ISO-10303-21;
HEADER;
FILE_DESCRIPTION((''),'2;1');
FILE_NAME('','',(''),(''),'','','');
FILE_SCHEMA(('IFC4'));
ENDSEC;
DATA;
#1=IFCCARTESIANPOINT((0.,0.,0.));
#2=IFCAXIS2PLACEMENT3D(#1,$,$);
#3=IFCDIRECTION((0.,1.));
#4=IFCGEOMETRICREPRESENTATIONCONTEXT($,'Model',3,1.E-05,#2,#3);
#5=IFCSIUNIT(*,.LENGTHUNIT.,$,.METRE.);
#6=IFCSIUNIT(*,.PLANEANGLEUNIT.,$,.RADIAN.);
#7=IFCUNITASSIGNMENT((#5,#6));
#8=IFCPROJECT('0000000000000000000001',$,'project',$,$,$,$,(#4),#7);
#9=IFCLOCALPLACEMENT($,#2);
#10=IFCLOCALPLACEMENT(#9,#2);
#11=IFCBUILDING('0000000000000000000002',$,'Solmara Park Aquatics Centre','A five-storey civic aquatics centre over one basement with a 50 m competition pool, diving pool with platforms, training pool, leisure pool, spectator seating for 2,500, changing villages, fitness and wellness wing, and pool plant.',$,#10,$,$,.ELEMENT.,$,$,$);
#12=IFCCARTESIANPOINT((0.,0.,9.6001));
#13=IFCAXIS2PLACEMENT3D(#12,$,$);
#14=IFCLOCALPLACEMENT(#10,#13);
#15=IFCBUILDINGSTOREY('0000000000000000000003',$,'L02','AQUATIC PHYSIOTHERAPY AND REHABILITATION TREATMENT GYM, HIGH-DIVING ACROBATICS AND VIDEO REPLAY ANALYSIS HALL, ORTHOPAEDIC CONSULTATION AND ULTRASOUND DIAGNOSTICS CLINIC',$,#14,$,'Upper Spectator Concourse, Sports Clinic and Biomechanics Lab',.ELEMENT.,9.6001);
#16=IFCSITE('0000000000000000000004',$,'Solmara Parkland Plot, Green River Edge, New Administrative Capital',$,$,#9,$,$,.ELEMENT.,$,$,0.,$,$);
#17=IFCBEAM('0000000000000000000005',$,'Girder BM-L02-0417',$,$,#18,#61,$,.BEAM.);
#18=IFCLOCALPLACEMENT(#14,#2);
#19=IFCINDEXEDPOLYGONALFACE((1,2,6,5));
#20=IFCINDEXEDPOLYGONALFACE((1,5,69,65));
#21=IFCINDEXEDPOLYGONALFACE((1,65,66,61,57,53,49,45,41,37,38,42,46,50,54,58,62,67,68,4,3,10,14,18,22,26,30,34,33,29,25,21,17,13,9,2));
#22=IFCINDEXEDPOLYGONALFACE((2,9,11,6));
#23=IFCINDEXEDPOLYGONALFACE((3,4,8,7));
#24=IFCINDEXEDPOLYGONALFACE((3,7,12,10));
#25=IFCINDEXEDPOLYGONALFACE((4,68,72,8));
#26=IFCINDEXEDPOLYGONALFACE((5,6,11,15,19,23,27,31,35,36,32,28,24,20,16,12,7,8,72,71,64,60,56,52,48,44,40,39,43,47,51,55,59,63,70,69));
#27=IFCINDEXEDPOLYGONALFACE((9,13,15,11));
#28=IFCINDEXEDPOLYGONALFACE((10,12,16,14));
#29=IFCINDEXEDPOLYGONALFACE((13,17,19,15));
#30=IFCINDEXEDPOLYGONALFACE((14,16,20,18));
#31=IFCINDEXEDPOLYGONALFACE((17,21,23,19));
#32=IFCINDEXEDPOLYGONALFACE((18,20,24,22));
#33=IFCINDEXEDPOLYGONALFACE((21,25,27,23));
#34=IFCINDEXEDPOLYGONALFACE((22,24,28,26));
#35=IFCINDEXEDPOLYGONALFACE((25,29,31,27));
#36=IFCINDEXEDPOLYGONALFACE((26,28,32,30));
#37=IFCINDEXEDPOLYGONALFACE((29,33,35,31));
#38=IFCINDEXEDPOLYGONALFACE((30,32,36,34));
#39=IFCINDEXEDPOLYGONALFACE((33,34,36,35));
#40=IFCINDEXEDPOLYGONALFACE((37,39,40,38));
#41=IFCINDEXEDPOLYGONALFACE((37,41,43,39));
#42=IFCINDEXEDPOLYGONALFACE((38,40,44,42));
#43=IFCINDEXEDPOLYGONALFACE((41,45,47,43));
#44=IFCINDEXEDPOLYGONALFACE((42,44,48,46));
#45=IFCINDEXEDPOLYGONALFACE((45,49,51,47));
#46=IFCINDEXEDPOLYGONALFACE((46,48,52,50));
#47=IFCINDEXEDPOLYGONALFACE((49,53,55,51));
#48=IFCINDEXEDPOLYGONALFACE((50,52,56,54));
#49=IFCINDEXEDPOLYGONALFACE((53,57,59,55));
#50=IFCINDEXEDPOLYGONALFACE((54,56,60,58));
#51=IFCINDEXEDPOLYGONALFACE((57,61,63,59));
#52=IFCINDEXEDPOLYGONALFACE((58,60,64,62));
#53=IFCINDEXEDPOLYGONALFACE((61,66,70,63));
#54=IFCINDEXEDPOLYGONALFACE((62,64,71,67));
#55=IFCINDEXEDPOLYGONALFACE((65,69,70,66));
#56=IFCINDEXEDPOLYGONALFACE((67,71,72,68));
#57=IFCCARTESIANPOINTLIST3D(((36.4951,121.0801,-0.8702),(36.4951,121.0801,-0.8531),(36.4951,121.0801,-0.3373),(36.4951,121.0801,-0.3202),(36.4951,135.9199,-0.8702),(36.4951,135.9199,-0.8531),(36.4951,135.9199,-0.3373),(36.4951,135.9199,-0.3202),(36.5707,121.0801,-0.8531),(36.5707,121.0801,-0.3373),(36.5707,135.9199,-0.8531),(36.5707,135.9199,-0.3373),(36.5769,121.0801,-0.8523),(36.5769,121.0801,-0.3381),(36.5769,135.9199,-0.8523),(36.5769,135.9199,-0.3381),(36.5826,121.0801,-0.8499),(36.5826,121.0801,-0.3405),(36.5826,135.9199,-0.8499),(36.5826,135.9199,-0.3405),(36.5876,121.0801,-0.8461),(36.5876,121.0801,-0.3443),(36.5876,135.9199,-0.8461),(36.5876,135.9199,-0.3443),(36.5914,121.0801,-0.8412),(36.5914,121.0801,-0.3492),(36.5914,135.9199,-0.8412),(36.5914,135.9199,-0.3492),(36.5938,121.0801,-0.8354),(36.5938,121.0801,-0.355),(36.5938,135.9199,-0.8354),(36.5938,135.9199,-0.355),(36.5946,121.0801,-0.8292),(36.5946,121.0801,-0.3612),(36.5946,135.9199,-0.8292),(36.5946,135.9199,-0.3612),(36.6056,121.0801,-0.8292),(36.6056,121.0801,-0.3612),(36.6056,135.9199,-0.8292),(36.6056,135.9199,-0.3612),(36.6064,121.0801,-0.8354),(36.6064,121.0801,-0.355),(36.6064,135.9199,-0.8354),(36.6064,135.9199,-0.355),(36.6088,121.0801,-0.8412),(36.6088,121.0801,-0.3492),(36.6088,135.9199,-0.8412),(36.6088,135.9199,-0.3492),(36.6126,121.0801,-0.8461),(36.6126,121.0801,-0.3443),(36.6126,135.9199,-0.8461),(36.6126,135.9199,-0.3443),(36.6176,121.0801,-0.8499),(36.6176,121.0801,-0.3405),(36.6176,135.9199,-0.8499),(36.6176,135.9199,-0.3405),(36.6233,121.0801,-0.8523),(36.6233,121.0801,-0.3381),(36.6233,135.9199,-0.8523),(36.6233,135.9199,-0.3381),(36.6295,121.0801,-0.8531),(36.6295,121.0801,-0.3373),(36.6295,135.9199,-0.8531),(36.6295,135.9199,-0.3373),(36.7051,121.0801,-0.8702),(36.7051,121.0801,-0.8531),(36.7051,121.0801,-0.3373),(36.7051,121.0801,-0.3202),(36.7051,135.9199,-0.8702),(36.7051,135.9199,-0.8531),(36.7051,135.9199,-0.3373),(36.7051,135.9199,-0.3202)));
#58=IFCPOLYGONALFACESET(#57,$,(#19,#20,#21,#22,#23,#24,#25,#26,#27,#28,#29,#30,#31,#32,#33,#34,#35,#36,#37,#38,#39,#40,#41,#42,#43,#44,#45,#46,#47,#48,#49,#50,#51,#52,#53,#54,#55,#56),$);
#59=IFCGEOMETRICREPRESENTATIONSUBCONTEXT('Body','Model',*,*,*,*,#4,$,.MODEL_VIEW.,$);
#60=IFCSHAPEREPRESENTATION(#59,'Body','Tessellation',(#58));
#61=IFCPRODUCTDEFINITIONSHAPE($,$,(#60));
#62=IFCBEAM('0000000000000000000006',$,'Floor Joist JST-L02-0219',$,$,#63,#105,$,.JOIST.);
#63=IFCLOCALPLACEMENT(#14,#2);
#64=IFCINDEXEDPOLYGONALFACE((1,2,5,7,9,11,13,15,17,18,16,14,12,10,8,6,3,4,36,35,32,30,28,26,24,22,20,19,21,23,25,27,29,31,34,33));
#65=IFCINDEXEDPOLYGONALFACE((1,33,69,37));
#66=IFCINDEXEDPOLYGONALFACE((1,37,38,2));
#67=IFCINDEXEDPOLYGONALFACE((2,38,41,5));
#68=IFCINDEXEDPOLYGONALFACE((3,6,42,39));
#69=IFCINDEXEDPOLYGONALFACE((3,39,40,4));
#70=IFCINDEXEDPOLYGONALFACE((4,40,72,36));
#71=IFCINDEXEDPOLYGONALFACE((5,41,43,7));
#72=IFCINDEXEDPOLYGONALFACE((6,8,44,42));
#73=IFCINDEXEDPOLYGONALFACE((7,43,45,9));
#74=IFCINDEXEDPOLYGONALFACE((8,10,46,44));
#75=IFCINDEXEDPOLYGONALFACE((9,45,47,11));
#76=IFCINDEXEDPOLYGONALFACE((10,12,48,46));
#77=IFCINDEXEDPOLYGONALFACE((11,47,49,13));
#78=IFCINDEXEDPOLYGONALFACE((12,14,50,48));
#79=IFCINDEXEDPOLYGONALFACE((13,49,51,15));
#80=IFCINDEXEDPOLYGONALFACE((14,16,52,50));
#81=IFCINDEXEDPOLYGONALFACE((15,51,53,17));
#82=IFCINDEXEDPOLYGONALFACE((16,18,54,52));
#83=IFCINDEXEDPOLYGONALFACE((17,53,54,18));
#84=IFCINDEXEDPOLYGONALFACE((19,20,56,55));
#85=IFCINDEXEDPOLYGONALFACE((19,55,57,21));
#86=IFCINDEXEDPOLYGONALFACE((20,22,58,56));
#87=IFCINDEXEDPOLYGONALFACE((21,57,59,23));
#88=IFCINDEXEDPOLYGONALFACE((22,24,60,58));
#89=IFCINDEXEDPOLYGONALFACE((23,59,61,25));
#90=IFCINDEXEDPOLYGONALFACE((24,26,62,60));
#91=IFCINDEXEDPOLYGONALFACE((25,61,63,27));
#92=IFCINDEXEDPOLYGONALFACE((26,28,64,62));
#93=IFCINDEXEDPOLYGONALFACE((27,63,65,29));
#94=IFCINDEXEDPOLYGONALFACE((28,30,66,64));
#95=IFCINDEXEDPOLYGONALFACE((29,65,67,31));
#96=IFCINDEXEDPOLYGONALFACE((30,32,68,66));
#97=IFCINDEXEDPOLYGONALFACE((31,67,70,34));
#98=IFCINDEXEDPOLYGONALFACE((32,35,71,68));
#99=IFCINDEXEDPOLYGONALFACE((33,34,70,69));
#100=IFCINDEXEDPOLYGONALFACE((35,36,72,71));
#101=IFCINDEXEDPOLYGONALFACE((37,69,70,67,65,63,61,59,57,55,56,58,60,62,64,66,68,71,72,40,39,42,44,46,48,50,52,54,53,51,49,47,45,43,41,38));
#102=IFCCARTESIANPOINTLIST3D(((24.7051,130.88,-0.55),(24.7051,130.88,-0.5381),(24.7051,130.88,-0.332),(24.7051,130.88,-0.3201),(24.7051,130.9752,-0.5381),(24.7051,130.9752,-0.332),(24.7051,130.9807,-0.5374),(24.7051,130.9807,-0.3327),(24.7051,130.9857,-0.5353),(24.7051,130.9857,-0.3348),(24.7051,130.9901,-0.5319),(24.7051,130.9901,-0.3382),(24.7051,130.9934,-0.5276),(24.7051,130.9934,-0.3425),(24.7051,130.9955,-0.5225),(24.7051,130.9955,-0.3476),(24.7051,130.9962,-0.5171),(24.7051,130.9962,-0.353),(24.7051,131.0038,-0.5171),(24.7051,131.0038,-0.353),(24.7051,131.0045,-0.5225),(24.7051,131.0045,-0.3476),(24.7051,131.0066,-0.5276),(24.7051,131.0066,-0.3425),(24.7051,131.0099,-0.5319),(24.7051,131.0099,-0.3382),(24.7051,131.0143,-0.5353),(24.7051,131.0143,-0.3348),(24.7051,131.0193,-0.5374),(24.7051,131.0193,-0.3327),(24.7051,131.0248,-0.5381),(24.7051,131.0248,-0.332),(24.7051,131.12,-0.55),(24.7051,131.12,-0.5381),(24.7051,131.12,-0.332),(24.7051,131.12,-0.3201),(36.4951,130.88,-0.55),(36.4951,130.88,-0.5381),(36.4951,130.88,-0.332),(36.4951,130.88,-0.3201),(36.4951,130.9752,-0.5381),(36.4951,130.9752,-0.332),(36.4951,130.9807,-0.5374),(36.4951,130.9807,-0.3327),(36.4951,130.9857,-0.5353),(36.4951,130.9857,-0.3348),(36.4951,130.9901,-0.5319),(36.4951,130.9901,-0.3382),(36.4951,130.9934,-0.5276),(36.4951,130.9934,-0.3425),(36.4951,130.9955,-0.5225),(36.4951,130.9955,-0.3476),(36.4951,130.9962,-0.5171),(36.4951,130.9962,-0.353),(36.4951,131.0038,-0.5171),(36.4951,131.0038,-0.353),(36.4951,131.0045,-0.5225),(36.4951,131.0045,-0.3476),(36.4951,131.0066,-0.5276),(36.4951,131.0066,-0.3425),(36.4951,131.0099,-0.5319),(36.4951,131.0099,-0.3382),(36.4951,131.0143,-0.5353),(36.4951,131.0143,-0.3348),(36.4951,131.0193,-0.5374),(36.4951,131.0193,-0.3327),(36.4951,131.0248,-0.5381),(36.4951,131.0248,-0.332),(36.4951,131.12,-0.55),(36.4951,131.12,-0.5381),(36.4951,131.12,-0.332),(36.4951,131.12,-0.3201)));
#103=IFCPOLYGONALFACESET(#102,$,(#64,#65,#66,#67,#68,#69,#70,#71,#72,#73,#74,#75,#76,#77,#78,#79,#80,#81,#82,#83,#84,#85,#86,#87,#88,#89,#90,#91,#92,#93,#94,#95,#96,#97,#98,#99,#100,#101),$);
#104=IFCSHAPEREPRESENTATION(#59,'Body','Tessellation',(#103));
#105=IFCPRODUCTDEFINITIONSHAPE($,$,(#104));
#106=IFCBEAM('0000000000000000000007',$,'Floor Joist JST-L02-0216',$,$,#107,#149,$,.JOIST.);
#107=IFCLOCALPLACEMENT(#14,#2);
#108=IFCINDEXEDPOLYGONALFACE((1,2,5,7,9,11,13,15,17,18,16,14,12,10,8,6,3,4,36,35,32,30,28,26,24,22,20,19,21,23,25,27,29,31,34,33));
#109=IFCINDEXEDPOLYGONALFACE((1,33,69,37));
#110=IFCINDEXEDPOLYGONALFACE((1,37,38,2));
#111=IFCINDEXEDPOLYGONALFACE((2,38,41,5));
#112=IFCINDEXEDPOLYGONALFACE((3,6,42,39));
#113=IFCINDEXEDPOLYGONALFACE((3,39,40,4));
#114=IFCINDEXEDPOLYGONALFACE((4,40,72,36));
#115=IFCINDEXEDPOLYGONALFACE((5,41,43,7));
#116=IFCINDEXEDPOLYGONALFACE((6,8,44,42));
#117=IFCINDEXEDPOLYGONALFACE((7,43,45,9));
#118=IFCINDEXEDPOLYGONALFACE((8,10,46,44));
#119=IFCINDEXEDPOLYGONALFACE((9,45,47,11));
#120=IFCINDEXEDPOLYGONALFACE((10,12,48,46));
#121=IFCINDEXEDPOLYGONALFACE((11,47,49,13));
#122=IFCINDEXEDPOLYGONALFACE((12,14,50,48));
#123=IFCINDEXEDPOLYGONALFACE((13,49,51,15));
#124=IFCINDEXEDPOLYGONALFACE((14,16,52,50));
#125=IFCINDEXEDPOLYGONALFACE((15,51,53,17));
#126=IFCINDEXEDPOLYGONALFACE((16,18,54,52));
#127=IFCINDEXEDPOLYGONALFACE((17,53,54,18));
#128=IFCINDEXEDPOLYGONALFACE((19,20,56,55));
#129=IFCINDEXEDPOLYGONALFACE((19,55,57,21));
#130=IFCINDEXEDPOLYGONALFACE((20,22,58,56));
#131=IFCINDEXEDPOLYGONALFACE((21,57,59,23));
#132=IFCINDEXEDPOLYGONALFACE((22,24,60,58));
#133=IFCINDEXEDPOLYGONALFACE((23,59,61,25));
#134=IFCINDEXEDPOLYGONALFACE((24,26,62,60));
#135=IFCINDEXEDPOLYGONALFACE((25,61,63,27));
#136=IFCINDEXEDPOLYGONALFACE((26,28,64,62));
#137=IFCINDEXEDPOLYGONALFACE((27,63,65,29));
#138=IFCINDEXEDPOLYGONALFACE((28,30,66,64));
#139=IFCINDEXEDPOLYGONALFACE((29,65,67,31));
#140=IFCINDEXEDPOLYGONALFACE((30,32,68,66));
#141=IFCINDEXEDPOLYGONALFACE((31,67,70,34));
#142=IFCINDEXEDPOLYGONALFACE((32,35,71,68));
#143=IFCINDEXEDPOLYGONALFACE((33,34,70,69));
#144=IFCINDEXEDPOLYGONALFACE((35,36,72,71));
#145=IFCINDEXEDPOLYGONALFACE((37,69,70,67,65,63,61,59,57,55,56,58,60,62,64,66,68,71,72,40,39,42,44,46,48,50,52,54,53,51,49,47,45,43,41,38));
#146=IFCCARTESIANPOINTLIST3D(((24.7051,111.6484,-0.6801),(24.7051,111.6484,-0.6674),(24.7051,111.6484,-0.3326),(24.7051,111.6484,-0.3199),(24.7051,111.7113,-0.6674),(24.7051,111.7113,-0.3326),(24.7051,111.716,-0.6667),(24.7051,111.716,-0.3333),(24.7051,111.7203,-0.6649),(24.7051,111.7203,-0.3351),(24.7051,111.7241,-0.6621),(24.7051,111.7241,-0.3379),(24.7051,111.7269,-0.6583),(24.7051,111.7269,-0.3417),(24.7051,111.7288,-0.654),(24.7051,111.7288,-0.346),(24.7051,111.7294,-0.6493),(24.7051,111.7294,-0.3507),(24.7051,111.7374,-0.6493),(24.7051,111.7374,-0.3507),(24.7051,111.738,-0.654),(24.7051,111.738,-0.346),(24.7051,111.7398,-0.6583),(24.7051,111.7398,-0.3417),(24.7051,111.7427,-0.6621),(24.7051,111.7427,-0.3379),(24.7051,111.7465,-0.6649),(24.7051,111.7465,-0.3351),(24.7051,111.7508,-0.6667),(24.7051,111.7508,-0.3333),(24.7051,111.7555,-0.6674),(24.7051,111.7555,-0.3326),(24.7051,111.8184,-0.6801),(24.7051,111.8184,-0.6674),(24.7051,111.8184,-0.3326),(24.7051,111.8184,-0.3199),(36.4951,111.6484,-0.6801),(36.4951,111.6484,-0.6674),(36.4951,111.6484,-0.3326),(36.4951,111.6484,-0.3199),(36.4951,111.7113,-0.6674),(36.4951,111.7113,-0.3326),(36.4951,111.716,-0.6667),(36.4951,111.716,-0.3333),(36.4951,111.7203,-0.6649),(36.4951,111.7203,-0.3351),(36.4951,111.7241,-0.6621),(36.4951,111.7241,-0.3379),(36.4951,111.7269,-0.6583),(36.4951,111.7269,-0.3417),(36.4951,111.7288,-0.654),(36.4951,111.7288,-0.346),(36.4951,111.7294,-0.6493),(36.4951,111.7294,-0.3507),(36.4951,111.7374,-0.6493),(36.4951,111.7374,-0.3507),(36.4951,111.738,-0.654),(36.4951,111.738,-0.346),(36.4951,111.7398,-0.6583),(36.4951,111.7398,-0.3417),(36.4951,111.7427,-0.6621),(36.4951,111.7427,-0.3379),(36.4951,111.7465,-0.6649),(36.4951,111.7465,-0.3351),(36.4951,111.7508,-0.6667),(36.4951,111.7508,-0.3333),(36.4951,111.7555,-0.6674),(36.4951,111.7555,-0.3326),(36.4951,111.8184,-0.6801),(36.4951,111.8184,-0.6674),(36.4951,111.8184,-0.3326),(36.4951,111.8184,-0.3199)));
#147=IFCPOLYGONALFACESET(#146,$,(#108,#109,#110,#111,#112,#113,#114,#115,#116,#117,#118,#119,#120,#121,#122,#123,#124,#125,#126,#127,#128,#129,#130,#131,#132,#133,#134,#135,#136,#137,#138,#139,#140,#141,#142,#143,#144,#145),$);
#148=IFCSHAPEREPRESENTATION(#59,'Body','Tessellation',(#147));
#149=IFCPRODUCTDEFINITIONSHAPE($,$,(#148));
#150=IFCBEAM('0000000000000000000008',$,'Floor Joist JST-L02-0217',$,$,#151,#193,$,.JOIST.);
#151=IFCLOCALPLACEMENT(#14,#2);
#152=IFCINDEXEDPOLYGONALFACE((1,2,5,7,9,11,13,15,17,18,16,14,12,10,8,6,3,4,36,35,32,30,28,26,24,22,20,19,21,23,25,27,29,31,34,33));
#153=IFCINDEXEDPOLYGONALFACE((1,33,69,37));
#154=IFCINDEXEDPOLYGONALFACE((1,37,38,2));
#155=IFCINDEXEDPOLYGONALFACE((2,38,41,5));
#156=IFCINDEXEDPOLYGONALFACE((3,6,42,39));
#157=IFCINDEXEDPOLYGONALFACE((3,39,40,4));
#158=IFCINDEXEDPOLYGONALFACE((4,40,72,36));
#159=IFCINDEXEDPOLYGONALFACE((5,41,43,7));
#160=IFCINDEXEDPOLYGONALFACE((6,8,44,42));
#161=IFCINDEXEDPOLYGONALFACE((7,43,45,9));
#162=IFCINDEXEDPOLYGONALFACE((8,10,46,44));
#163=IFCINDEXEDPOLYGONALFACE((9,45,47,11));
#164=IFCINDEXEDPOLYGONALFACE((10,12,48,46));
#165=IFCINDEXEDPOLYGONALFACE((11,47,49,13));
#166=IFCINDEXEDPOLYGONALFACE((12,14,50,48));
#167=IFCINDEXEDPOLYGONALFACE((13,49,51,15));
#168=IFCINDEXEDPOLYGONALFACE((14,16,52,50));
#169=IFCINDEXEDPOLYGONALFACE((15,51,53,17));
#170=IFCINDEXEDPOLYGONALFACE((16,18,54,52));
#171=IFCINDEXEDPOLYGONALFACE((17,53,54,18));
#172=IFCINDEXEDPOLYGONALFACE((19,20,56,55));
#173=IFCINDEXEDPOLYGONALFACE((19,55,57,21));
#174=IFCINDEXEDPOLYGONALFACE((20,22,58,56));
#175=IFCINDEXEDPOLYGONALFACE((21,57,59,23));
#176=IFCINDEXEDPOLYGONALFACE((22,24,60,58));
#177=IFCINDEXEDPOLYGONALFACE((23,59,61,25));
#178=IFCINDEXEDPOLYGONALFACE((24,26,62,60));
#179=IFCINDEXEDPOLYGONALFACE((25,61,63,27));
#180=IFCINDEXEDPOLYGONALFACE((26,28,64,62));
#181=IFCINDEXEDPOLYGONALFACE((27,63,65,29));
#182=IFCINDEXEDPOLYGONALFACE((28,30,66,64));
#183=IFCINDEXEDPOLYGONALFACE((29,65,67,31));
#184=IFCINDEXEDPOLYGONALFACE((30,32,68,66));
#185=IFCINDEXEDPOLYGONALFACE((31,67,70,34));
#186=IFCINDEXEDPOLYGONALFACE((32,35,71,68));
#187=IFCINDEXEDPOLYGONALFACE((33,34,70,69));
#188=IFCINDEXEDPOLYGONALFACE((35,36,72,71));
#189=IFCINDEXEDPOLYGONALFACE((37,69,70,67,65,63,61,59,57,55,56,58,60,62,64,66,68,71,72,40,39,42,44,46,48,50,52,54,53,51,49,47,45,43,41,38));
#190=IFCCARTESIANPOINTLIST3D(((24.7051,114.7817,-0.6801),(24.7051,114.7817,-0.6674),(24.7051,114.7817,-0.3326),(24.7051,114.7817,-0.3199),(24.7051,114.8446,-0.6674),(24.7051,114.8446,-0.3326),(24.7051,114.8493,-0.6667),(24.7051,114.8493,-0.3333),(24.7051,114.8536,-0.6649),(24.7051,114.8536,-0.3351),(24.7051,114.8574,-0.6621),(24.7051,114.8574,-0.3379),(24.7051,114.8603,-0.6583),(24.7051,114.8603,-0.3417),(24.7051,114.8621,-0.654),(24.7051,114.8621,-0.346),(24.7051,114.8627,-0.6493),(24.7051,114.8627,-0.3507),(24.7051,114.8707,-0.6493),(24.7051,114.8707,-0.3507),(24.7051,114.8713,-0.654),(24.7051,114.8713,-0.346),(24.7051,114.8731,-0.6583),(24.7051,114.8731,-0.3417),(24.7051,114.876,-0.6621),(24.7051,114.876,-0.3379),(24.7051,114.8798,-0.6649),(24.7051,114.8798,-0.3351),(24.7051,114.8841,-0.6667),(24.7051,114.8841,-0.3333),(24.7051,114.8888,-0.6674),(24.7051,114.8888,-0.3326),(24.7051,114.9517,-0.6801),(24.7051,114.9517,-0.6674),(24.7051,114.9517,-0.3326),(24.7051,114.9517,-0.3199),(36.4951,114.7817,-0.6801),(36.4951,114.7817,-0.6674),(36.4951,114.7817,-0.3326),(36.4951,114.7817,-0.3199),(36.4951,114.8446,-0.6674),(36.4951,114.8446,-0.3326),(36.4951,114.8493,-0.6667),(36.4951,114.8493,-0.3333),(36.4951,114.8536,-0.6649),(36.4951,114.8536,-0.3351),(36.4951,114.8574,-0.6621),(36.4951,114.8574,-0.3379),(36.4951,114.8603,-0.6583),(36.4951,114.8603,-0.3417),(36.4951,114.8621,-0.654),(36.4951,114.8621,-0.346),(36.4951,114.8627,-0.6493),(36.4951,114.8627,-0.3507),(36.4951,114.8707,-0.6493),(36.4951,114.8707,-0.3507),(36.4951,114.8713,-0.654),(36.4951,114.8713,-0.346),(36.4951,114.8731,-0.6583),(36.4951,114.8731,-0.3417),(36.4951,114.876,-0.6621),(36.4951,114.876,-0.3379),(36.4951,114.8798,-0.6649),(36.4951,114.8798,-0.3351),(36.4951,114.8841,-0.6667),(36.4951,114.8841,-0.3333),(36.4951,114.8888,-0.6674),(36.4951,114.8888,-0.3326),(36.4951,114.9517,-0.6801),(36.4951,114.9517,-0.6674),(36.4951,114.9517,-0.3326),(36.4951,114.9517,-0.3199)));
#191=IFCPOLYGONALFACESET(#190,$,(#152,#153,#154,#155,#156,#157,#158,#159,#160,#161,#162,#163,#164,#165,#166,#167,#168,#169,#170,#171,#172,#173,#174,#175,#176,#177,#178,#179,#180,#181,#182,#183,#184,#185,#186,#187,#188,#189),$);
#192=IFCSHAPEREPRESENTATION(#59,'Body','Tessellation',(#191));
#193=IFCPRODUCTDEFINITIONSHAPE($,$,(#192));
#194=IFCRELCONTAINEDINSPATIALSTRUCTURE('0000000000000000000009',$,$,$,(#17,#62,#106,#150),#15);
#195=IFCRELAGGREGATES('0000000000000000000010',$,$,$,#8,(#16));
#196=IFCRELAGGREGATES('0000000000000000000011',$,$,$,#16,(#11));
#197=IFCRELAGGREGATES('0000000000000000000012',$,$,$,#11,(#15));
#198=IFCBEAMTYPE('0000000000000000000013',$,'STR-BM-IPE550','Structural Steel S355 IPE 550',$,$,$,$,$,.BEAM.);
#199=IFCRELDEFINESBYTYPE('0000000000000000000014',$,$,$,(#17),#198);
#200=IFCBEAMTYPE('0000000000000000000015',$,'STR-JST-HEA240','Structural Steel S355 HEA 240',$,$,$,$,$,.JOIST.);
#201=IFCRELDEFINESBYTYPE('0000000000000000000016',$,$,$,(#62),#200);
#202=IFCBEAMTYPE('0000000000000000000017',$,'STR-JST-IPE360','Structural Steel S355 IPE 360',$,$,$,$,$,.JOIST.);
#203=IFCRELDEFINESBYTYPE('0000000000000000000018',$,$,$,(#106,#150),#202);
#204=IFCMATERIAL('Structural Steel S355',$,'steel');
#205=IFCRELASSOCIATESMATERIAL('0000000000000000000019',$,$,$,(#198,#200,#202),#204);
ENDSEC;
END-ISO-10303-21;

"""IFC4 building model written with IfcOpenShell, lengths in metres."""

from ifc_helpers import new_model, si_unit, direction, frame, origin, origin_2d, place, context, subcontext, project, spatial, i_section, extrude, material, material_profile, profile_set, type_object, element, save


model = new_model("IFC4")

# Units and contexts
model_context = context("Model", 3, precision=1e-05, world=origin(), true_north=direction((0.0, 1.0)))
body_context = subcontext(model_context, "Body", "Model", "MODEL_VIEW")
ifc_project = project(units=[si_unit("LENGTHUNIT", "METRE"), si_unit("PLANEANGLEUNIT", "RADIAN")], contexts=[model_context])

# Site, building, storey
site_placement = place(None, origin())
site = spatial("IfcSite", under=ifc_project, at=site_placement, Name="Solmara Parkland Plot, Green River Edge, New Administrative Capital", CompositionType="ELEMENT", RefElevation=0.0)
building_placement = place(site_placement, origin())
building = spatial("IfcBuilding", under=site, at=building_placement, Name="Solmara Park Aquatics Centre", Description="A five-storey civic aquatics centre over one basement with a 50 m competition pool, diving pool with platforms, training pool, leisure pool, spectator seating for 2,500, changing villages, fitness and wellness wing, and pool plant.", CompositionType="ELEMENT")
storey_placement = place(building_placement, frame((0.0, 0.0, 9.6001)))
storey = spatial("IfcBuildingStorey", under=building, at=storey_placement, Name="L02", Description="AQUATIC PHYSIOTHERAPY AND REHABILITATION TREATMENT GYM, HIGH-DIVING ACROBATICS AND VIDEO REPLAY ANALYSIS HALL, ORTHOPAEDIC CONSULTATION AND ULTRASOUND DIAGNOSTICS CLINIC", LongName="Upper Spectator Concourse, Sports Clinic and Biomechanics Lab", CompositionType="ELEMENT", Elevation=9.6001)

# Shared definitions
ifc_material_1 = material(Name="Structural Steel S355", Category="steel")

# Beams
ifc_material_profile_1 = material_profile(ifc_material_1, i_section(OverallWidth=0.21, OverallDepth=0.55, WebThickness=0.011, FlangeThickness=0.0171, FilletRadius=0.0239, at=origin_2d()), Name="IPE 550")
ifc_profile_set_1 = profile_set([ifc_material_profile_1], Name="Structural Steel S355")
beam_type_1 = type_object("IfcBeamType", Name="STR-BM-IPE550", Description="Structural Steel S355 IPE 550", PredefinedType="BEAM", material=ifc_profile_set_1)
beam_1_placement = place(storey_placement, frame((36.6001, 121.0801, -0.5952), z_axis=(0.0, 1.0, 0.0), x_axis=(-1.0, 0.0, 0.0)))
element("IfcBeam", 1, at=beam_1_placement, inside=storey, type_object=beam_type_1, Name="Girder BM-L02-0417", PredefinedType="BEAM", context=body_context, shape_type="SweptSolid", body=[
    extrude(i_section(OverallWidth=0.21, OverallDepth=0.55, WebThickness=0.011, FlangeThickness=0.0171, FilletRadius=0.0239, at=origin_2d()), origin(), (0.0, 0.0, 1.0), 14.8398),
])
ifc_material_profile_2 = material_profile(ifc_material_1, i_section(OverallWidth=0.24, OverallDepth=0.23, WebThickness=0.0076, FlangeThickness=0.012, FilletRadius=0.021, at=origin_2d()), Name="HEA 240")
ifc_profile_set_2 = profile_set([ifc_material_profile_2], Name="Structural Steel S355")
beam_type_2 = type_object("IfcBeamType", Name="STR-JST-HEA240", Description="Structural Steel S355 HEA 240", PredefinedType="JOIST", material=ifc_profile_set_2)
beam_2_placement = place(storey_placement, frame((24.7051, 131.0, -0.4351), z_axis=(1.0, 0.0, 0.0), x_axis=(0.0, 1.0, 0.0)))
element("IfcBeam", 2, at=beam_2_placement, inside=storey, type_object=beam_type_2, Name="Floor Joist JST-L02-0219", PredefinedType="JOIST", context=body_context, shape_type="SweptSolid", body=[
    extrude(i_section(OverallWidth=0.24, OverallDepth=0.23, WebThickness=0.0076, FlangeThickness=0.012, FilletRadius=0.021, at=origin_2d()), origin(), (0.0, 0.0, 1.0), 11.79),
])
ifc_material_profile_3 = material_profile(ifc_material_1, i_section(OverallWidth=0.1699, OverallDepth=0.3601, WebThickness=0.0081, FlangeThickness=0.0127, FilletRadius=0.0181, at=origin_2d()), Name="IPE 360")
ifc_profile_set_3 = profile_set([ifc_material_profile_3], Name="Structural Steel S355")
beam_type_3 = type_object("IfcBeamType", Name="STR-JST-IPE360", Description="Structural Steel S355 IPE 360", PredefinedType="JOIST", material=ifc_profile_set_3)
for number, where, z_axis, x_axis, name in (
    (3, (24.7051, 111.7334, -0.5), (1.0, 0.0, 0.0), (0.0, 1.0, 0.0), "Floor Joist JST-L02-0216"),
    (4, (24.7051, 114.8667, -0.5), (1.0, 0.0, 0.0), (0.0, 1.0, 0.0), "Floor Joist JST-L02-0217"),
):
    element("IfcBeam", number, at=place(storey_placement, frame(where, z_axis=z_axis, x_axis=x_axis)), inside=storey, type_object=beam_type_3, Name=name, PredefinedType="JOIST", context=body_context, shape_type="SweptSolid", body=[
        extrude(i_section(OverallWidth=0.1699, OverallDepth=0.3601, WebThickness=0.0081, FlangeThickness=0.0127, FilletRadius=0.0181, at=origin_2d()), origin(), (0.0, 0.0, 1.0), 11.79),
    ])

save(model, "model.ifc")
